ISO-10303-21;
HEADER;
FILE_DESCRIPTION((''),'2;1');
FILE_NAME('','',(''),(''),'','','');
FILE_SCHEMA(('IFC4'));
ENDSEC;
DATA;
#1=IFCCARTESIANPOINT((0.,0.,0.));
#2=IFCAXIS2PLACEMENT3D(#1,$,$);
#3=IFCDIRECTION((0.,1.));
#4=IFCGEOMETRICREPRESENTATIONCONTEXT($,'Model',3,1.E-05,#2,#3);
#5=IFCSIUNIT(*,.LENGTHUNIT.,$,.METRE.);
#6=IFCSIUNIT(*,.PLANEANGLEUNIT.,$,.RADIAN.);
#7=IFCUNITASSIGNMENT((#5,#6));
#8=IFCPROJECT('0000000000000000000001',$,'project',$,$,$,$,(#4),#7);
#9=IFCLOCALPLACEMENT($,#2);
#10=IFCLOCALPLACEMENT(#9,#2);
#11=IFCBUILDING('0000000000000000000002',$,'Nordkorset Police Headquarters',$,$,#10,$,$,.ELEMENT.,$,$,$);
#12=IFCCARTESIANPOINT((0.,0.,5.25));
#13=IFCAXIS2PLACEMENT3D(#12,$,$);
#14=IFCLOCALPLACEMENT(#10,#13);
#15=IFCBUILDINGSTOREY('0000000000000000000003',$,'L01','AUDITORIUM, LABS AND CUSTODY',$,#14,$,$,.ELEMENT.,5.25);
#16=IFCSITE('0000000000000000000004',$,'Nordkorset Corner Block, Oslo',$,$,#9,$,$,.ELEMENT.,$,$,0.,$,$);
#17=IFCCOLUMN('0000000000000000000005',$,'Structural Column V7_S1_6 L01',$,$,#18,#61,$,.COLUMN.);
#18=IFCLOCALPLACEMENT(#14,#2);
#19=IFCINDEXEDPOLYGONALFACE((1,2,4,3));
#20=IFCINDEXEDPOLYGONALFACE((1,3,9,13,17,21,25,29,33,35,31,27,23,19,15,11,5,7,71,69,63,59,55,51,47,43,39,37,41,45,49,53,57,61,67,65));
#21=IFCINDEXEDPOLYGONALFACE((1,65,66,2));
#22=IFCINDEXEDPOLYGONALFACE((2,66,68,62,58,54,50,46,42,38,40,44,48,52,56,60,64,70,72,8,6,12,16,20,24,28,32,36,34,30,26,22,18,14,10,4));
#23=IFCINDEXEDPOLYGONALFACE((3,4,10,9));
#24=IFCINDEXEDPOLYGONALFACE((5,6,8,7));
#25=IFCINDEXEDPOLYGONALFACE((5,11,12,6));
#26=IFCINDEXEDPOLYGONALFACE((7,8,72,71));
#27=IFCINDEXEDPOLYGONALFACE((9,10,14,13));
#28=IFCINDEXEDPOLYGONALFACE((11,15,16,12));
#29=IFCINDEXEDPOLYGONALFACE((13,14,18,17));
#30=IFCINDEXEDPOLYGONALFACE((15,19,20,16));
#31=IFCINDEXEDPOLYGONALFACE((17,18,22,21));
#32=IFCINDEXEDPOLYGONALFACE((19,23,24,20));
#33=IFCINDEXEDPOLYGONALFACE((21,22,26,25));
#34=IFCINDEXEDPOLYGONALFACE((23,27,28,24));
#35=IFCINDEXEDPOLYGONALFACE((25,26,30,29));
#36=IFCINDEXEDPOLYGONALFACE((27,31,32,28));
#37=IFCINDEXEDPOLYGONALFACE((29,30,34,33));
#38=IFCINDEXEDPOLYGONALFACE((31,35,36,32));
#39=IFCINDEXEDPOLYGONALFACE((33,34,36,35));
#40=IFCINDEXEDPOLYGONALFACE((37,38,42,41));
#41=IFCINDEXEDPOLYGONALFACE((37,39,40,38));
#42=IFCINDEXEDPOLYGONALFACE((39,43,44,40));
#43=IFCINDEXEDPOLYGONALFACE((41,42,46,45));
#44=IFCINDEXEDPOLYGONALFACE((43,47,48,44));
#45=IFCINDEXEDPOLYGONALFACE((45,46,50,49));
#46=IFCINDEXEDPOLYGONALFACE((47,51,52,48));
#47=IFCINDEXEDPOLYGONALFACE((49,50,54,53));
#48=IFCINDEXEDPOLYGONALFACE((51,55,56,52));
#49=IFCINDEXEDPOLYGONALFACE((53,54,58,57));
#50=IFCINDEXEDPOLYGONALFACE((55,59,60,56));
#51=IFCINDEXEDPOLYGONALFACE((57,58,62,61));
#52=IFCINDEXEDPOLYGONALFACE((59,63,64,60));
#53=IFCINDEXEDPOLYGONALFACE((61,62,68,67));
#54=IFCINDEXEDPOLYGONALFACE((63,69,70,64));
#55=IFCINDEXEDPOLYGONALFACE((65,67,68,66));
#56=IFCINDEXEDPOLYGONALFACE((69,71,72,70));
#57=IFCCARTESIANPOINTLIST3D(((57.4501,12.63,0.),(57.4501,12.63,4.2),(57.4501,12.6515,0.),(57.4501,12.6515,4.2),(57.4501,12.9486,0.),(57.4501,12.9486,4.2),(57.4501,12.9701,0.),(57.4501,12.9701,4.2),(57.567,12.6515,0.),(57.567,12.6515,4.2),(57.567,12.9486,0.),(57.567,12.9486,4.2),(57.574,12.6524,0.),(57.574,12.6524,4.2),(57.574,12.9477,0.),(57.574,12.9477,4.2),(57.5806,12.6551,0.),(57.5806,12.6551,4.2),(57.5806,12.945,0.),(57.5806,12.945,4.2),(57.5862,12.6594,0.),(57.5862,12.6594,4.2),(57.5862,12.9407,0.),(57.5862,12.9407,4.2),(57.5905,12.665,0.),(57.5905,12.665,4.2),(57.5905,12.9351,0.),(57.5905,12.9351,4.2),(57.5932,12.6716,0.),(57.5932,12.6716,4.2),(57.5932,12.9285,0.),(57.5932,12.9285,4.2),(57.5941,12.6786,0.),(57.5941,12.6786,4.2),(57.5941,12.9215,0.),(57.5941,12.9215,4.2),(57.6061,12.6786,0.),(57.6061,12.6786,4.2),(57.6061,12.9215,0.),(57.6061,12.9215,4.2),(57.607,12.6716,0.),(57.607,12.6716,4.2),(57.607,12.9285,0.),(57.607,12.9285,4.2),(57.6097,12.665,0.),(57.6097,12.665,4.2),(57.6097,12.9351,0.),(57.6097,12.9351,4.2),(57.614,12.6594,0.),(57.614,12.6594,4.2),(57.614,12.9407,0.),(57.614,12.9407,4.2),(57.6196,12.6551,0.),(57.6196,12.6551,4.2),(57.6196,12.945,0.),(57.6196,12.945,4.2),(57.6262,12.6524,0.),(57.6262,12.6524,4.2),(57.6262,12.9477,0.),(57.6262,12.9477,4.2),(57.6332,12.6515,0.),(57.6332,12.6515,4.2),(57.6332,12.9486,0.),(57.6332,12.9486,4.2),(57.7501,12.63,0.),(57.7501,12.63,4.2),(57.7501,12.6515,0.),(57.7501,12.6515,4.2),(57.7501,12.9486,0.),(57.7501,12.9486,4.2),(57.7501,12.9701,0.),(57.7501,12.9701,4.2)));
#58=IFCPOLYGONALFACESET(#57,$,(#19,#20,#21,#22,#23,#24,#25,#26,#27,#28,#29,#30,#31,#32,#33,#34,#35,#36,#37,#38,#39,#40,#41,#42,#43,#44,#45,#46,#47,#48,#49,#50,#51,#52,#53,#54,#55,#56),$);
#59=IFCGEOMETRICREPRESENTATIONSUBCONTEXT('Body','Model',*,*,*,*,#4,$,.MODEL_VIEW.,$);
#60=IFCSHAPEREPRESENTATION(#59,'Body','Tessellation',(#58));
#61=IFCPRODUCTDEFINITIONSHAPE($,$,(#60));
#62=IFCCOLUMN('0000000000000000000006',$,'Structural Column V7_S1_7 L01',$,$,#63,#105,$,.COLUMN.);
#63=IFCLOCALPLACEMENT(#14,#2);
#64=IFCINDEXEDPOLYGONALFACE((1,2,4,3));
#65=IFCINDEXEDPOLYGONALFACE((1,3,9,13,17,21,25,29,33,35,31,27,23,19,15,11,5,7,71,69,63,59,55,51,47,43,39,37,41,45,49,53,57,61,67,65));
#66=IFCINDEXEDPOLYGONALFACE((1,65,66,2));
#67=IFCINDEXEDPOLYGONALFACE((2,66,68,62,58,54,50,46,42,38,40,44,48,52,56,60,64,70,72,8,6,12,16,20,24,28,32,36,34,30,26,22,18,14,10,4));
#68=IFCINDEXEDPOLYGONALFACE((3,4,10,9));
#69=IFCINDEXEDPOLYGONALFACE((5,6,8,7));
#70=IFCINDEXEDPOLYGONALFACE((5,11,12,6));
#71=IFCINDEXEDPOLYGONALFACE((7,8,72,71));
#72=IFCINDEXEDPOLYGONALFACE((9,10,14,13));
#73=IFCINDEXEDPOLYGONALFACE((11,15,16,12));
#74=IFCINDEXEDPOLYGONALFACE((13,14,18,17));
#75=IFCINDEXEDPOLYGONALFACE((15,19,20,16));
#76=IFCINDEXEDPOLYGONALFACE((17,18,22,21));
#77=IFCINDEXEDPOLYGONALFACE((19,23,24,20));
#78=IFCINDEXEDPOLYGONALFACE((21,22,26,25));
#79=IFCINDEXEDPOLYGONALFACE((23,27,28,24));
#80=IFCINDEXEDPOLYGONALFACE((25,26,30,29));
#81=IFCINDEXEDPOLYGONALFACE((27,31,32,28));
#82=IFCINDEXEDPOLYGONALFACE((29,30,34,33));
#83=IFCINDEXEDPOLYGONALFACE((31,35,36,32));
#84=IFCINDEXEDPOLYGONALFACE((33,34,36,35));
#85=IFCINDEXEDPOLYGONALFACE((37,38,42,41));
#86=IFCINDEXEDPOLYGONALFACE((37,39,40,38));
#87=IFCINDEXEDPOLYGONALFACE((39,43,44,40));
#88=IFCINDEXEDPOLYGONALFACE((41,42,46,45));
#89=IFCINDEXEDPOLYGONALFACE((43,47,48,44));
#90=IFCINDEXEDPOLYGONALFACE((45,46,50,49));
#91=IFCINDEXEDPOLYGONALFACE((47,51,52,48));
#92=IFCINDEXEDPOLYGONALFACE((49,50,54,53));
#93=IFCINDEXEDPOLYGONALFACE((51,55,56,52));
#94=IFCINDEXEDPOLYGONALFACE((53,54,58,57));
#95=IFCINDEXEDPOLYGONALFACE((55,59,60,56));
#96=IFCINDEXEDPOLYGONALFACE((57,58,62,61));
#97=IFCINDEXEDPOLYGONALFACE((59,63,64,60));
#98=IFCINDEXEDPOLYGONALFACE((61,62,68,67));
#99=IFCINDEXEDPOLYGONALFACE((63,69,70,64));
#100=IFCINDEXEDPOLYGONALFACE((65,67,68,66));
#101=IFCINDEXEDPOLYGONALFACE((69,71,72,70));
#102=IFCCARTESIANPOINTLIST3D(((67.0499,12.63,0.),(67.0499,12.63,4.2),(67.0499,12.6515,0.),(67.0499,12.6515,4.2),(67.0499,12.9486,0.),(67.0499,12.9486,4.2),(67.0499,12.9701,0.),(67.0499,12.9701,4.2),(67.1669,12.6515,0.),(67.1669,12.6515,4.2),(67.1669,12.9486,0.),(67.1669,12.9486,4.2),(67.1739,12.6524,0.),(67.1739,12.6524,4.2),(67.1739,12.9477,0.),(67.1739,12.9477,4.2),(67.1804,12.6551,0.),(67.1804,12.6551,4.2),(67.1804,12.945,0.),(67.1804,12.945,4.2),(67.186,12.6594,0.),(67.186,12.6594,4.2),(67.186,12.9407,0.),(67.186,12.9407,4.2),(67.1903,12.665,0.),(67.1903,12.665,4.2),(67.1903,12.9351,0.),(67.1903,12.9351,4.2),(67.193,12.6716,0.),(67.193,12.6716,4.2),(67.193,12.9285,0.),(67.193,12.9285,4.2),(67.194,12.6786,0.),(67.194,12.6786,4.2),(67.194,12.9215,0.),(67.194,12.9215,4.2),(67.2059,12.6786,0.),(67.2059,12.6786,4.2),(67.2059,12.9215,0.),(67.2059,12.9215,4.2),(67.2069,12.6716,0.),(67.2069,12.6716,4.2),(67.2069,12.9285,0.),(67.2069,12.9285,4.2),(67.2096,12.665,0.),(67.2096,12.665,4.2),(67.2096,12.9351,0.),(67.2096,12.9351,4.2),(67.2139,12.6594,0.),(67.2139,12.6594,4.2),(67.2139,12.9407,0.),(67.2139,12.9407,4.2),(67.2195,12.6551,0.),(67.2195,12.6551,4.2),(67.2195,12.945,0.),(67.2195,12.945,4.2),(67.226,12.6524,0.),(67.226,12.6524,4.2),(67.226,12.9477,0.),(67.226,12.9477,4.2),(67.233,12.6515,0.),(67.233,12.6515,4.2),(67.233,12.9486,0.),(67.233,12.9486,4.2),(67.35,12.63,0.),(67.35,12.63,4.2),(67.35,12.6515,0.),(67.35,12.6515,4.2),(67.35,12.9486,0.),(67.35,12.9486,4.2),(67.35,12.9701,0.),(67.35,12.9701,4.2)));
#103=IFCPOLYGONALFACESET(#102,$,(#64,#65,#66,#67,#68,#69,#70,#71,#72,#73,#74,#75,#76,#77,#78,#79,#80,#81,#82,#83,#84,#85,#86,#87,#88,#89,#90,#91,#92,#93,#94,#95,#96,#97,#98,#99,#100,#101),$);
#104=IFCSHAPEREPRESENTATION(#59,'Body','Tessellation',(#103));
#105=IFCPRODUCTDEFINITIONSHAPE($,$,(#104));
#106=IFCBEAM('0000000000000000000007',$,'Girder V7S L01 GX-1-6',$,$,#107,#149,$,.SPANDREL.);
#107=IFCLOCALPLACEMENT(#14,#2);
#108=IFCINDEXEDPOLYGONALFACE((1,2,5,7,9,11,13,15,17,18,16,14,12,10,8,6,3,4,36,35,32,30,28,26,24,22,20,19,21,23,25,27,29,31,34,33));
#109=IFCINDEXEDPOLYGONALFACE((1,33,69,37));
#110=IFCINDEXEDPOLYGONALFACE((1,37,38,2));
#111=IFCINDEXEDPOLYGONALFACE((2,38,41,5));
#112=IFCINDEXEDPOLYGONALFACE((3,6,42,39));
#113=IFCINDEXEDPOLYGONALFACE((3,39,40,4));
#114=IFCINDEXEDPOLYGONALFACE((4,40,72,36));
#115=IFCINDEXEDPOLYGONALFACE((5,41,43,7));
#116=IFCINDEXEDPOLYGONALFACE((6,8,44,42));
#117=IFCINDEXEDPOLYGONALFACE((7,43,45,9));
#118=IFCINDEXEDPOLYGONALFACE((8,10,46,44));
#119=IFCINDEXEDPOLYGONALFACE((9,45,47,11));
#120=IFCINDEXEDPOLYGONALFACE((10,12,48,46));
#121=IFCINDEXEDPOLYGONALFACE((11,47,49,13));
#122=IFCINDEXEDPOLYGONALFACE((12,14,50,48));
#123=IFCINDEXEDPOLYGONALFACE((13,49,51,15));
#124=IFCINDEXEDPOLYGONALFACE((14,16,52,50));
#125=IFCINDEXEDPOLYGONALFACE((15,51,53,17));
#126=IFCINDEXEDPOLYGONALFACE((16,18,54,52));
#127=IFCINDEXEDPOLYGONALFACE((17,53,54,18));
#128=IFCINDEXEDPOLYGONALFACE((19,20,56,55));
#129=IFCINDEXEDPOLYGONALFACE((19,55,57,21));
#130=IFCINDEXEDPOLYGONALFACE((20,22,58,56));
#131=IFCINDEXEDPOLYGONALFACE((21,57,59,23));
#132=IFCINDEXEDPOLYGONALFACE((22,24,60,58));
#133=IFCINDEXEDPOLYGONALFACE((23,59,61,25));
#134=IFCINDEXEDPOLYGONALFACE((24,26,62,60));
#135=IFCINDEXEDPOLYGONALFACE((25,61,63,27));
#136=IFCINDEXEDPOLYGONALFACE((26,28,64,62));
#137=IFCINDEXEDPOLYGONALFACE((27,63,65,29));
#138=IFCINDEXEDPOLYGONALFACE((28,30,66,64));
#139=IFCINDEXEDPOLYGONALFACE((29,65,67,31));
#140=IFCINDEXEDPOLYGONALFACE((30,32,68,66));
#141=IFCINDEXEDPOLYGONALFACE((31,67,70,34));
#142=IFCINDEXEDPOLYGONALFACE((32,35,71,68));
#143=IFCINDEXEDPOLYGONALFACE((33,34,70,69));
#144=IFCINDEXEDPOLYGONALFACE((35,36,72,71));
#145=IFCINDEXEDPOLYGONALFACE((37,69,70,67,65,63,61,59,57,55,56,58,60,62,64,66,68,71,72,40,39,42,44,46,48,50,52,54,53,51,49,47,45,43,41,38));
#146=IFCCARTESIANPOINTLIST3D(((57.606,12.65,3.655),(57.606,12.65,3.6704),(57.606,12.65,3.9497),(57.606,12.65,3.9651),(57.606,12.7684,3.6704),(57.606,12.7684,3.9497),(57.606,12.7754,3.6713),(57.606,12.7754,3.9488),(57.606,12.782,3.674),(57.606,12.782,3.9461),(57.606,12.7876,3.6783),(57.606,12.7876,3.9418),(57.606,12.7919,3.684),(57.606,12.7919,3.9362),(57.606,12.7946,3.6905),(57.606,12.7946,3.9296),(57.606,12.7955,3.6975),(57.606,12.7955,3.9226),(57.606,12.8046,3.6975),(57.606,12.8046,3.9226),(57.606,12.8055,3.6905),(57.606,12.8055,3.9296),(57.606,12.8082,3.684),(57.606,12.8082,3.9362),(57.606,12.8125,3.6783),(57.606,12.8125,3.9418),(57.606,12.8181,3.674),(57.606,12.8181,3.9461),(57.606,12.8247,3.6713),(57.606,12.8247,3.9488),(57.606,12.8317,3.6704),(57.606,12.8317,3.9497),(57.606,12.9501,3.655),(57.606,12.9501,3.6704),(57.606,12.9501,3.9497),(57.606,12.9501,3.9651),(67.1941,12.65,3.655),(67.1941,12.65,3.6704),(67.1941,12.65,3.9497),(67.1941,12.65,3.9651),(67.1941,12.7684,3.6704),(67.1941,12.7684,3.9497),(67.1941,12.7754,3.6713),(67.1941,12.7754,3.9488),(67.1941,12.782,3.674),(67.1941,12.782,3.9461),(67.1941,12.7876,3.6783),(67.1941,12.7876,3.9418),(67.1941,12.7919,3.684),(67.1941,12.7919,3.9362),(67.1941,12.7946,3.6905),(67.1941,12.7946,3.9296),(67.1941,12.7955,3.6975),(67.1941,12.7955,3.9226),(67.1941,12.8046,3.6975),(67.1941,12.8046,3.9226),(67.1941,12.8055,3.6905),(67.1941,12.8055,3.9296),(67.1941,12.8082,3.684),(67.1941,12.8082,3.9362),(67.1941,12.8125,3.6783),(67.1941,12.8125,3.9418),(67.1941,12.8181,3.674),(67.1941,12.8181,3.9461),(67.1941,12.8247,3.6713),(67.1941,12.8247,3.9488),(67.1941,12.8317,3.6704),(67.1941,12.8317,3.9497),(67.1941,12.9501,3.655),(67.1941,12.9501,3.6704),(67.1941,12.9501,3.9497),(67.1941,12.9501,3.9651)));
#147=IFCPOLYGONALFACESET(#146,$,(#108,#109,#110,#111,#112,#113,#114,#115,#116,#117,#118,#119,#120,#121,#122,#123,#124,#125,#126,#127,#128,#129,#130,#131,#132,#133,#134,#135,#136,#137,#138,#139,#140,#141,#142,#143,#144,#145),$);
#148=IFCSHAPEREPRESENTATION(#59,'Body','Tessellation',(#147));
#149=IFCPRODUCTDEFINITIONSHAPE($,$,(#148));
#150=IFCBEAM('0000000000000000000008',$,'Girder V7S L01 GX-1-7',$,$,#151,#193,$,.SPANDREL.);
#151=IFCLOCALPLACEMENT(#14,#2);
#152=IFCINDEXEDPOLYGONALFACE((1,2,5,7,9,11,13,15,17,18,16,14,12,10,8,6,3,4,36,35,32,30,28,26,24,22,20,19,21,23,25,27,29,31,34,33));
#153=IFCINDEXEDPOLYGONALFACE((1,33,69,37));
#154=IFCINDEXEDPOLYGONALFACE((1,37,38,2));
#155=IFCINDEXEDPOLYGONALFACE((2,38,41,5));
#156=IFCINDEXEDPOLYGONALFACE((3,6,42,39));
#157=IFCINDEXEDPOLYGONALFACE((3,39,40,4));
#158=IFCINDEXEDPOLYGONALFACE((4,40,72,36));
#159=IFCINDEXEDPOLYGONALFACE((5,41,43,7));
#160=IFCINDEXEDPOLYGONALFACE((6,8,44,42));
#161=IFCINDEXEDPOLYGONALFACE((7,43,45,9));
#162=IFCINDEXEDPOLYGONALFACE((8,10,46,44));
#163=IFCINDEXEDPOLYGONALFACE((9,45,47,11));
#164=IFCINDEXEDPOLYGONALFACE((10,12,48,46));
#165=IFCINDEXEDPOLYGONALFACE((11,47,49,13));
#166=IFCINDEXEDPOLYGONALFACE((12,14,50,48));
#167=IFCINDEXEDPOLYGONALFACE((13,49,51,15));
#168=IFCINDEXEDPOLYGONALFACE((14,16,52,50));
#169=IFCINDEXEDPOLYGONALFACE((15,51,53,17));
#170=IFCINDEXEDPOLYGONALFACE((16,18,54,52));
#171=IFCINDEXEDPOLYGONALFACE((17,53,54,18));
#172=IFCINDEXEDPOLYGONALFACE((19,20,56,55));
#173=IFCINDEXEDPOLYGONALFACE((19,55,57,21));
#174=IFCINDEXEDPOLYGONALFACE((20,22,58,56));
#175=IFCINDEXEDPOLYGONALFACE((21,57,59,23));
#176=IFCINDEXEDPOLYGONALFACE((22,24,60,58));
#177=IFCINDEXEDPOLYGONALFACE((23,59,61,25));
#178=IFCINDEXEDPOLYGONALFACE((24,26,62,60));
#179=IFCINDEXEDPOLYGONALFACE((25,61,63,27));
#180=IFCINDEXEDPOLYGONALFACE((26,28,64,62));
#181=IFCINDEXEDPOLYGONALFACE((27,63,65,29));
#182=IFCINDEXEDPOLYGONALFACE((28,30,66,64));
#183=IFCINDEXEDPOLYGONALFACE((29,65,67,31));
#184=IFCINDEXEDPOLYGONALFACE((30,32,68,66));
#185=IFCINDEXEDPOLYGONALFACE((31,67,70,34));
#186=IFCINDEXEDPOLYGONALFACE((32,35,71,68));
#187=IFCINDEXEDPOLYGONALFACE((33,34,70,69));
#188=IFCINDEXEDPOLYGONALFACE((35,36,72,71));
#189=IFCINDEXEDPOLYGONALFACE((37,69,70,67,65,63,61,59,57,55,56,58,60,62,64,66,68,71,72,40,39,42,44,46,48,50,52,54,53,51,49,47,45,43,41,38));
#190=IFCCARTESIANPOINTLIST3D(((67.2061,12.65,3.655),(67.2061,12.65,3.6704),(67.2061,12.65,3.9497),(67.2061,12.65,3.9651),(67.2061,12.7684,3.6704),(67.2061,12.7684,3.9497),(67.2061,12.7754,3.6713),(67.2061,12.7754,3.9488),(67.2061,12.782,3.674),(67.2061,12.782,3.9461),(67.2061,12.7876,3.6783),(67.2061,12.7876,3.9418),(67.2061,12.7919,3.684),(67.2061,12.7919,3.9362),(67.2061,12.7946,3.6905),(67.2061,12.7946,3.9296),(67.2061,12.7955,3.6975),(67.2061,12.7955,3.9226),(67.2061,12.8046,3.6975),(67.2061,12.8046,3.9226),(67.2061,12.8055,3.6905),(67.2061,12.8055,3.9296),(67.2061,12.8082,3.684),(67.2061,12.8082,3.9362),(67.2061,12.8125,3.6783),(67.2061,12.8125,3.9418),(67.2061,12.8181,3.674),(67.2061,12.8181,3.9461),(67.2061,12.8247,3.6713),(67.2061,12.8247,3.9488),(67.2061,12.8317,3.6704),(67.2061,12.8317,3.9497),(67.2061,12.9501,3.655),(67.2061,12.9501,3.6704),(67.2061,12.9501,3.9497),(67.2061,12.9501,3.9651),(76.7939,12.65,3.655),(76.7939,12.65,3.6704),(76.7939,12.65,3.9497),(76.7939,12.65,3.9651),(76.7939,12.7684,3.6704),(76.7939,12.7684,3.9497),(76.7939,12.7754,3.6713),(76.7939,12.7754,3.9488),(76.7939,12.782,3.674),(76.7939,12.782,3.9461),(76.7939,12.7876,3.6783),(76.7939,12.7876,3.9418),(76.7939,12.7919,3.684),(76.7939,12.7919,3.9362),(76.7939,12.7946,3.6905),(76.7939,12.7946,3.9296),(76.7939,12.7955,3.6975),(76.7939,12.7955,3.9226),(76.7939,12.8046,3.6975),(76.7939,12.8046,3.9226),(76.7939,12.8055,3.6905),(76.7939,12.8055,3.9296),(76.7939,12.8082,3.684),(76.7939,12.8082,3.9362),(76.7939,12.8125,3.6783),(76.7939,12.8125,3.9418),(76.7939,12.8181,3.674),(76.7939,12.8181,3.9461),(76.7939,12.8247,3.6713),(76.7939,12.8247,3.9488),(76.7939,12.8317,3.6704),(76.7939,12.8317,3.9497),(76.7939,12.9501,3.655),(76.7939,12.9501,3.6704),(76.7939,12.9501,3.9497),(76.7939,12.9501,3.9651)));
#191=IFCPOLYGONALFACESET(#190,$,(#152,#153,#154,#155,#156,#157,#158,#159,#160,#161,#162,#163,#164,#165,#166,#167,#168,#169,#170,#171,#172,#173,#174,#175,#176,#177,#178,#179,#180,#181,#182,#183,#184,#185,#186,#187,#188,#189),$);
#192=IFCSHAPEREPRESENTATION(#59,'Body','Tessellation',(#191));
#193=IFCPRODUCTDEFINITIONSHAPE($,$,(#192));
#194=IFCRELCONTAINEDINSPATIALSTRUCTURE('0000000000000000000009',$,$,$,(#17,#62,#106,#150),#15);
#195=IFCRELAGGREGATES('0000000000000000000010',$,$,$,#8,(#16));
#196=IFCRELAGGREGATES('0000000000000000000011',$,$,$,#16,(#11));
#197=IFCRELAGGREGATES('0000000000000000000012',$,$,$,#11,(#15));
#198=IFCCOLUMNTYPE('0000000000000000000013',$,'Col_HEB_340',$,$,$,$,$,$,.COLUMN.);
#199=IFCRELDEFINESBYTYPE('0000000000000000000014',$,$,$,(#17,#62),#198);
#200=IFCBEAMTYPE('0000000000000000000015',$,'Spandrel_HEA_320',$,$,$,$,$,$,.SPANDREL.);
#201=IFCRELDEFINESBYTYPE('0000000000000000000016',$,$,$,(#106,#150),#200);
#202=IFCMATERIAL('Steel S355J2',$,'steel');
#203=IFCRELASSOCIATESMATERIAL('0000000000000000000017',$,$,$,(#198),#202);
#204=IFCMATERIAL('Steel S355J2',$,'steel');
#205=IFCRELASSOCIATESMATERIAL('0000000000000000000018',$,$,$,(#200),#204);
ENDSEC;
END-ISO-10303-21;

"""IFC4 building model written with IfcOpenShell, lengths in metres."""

from ifc_helpers import new_model, si_unit, direction, frame, origin, origin_2d, place, context, subcontext, project, spatial, i_section, extrude, material, material_profile, profile_set, type_object, element, save


model = new_model("IFC4")

# Units and contexts
model_context = context("Model", 3, precision=1e-05, world=origin(), true_north=direction((0.0, 1.0)))
body_context = subcontext(model_context, "Body", "Model", "MODEL_VIEW")
ifc_project = project(units=[si_unit("LENGTHUNIT", "METRE"), si_unit("PLANEANGLEUNIT", "RADIAN")], contexts=[model_context])

# Site, building, storey
site_placement = place(None, origin())
site = spatial("IfcSite", under=ifc_project, at=site_placement, Name="Nordkorset Corner Block, Oslo", CompositionType="ELEMENT", RefElevation=0.0)
building_placement = place(site_placement, origin())
building = spatial("IfcBuilding", under=site, at=building_placement, Name="Nordkorset Police Headquarters", CompositionType="ELEMENT")
storey_placement = place(building_placement, frame((0.0, 0.0, 5.25)))
storey = spatial("IfcBuildingStorey", under=building, at=storey_placement, Name="L01", Description="AUDITORIUM, LABS AND CUSTODY", CompositionType="ELEMENT", Elevation=5.25)

# Columns
ifc_material_1 = material(Name="Steel S355J2", Category="steel")
ifc_material_profile_1 = material_profile(ifc_material_1, i_section(OverallWidth=0.3, OverallDepth=0.3401, WebThickness=0.012, FlangeThickness=0.0215, FilletRadius=0.0271, at=origin_2d()), Name="HEB 340")
ifc_profile_set_1 = profile_set([ifc_material_profile_1], Name="Steel S355J2")
column_type = type_object("IfcColumnType", Name="Col_HEB_340", PredefinedType="COLUMN", material=ifc_profile_set_1)
for number, where, z_axis, x_axis, name in (
    (1, (57.6001, 12.8, 0.0), (0.0, 0.0, 1.0), (1.0, 0.0, 0.0), "Structural Column V7_S1_6 L01"),
    (2, (67.2, 12.8, 0.0), (0.0, 0.0, 1.0), (1.0, 0.0, 0.0), "Structural Column V7_S1_7 L01"),
):
    element("IfcColumn", number, at=place(storey_placement, frame(where, z_axis=z_axis, x_axis=x_axis)), inside=storey, type_object=column_type, Name=name, PredefinedType="COLUMN", context=body_context, shape_type="SweptSolid", body=[
        extrude(i_section(OverallWidth=0.3, OverallDepth=0.3401, WebThickness=0.012, FlangeThickness=0.0215, FilletRadius=0.0271, at=origin_2d()), origin(), (0.0, 0.0, 1.0), 4.2),
    ])

# Beams
ifc_material_2 = material(Name="Steel S355J2", Category="steel")
ifc_material_profile_2 = material_profile(ifc_material_2, i_section(OverallWidth=0.3, OverallDepth=0.3101, WebThickness=0.009, FlangeThickness=0.0154, FilletRadius=0.0271, at=origin_2d()), Name="HEA 320")
ifc_profile_set_2 = profile_set([ifc_material_profile_2], Name="Steel S355J2")
beam_type = type_object("IfcBeamType", Name="Spandrel_HEA_320", PredefinedType="SPANDREL", material=ifc_profile_set_2)
beam_1_placement = place(storey_placement, frame((57.606, 12.8, 3.8101), z_axis=(1.0, 0.0, 0.0), x_axis=(0.0, 1.0, 0.0)))
element("IfcBeam", 3, at=beam_1_placement, inside=storey, type_object=beam_type, Name="Girder V7S L01 GX-1-6", PredefinedType="SPANDREL", context=body_context, shape_type="SweptSolid", body=[
    extrude(i_section(OverallWidth=0.3, OverallDepth=0.3101, WebThickness=0.009, FlangeThickness=0.0154, FilletRadius=0.0271, at=origin_2d()), origin(), (0.0, 0.0, 1.0), 9.5881),
])
beam_2_placement = place(storey_placement, frame((67.2061, 12.8, 3.8101), z_axis=(1.0, 0.0, 0.0), x_axis=(0.0, 1.0, 0.0)))
element("IfcBeam", 4, at=beam_2_placement, inside=storey, type_object=beam_type, Name="Girder V7S L01 GX-1-7", PredefinedType="SPANDREL", context=body_context, shape_type="SweptSolid", body=[
    extrude(i_section(OverallWidth=0.3, OverallDepth=0.3101, WebThickness=0.009, FlangeThickness=0.0154, FilletRadius=0.0271, at=origin_2d()), origin(), (0.0, 0.0, 1.0), 9.5879),
])

save(model, "model.ifc")
